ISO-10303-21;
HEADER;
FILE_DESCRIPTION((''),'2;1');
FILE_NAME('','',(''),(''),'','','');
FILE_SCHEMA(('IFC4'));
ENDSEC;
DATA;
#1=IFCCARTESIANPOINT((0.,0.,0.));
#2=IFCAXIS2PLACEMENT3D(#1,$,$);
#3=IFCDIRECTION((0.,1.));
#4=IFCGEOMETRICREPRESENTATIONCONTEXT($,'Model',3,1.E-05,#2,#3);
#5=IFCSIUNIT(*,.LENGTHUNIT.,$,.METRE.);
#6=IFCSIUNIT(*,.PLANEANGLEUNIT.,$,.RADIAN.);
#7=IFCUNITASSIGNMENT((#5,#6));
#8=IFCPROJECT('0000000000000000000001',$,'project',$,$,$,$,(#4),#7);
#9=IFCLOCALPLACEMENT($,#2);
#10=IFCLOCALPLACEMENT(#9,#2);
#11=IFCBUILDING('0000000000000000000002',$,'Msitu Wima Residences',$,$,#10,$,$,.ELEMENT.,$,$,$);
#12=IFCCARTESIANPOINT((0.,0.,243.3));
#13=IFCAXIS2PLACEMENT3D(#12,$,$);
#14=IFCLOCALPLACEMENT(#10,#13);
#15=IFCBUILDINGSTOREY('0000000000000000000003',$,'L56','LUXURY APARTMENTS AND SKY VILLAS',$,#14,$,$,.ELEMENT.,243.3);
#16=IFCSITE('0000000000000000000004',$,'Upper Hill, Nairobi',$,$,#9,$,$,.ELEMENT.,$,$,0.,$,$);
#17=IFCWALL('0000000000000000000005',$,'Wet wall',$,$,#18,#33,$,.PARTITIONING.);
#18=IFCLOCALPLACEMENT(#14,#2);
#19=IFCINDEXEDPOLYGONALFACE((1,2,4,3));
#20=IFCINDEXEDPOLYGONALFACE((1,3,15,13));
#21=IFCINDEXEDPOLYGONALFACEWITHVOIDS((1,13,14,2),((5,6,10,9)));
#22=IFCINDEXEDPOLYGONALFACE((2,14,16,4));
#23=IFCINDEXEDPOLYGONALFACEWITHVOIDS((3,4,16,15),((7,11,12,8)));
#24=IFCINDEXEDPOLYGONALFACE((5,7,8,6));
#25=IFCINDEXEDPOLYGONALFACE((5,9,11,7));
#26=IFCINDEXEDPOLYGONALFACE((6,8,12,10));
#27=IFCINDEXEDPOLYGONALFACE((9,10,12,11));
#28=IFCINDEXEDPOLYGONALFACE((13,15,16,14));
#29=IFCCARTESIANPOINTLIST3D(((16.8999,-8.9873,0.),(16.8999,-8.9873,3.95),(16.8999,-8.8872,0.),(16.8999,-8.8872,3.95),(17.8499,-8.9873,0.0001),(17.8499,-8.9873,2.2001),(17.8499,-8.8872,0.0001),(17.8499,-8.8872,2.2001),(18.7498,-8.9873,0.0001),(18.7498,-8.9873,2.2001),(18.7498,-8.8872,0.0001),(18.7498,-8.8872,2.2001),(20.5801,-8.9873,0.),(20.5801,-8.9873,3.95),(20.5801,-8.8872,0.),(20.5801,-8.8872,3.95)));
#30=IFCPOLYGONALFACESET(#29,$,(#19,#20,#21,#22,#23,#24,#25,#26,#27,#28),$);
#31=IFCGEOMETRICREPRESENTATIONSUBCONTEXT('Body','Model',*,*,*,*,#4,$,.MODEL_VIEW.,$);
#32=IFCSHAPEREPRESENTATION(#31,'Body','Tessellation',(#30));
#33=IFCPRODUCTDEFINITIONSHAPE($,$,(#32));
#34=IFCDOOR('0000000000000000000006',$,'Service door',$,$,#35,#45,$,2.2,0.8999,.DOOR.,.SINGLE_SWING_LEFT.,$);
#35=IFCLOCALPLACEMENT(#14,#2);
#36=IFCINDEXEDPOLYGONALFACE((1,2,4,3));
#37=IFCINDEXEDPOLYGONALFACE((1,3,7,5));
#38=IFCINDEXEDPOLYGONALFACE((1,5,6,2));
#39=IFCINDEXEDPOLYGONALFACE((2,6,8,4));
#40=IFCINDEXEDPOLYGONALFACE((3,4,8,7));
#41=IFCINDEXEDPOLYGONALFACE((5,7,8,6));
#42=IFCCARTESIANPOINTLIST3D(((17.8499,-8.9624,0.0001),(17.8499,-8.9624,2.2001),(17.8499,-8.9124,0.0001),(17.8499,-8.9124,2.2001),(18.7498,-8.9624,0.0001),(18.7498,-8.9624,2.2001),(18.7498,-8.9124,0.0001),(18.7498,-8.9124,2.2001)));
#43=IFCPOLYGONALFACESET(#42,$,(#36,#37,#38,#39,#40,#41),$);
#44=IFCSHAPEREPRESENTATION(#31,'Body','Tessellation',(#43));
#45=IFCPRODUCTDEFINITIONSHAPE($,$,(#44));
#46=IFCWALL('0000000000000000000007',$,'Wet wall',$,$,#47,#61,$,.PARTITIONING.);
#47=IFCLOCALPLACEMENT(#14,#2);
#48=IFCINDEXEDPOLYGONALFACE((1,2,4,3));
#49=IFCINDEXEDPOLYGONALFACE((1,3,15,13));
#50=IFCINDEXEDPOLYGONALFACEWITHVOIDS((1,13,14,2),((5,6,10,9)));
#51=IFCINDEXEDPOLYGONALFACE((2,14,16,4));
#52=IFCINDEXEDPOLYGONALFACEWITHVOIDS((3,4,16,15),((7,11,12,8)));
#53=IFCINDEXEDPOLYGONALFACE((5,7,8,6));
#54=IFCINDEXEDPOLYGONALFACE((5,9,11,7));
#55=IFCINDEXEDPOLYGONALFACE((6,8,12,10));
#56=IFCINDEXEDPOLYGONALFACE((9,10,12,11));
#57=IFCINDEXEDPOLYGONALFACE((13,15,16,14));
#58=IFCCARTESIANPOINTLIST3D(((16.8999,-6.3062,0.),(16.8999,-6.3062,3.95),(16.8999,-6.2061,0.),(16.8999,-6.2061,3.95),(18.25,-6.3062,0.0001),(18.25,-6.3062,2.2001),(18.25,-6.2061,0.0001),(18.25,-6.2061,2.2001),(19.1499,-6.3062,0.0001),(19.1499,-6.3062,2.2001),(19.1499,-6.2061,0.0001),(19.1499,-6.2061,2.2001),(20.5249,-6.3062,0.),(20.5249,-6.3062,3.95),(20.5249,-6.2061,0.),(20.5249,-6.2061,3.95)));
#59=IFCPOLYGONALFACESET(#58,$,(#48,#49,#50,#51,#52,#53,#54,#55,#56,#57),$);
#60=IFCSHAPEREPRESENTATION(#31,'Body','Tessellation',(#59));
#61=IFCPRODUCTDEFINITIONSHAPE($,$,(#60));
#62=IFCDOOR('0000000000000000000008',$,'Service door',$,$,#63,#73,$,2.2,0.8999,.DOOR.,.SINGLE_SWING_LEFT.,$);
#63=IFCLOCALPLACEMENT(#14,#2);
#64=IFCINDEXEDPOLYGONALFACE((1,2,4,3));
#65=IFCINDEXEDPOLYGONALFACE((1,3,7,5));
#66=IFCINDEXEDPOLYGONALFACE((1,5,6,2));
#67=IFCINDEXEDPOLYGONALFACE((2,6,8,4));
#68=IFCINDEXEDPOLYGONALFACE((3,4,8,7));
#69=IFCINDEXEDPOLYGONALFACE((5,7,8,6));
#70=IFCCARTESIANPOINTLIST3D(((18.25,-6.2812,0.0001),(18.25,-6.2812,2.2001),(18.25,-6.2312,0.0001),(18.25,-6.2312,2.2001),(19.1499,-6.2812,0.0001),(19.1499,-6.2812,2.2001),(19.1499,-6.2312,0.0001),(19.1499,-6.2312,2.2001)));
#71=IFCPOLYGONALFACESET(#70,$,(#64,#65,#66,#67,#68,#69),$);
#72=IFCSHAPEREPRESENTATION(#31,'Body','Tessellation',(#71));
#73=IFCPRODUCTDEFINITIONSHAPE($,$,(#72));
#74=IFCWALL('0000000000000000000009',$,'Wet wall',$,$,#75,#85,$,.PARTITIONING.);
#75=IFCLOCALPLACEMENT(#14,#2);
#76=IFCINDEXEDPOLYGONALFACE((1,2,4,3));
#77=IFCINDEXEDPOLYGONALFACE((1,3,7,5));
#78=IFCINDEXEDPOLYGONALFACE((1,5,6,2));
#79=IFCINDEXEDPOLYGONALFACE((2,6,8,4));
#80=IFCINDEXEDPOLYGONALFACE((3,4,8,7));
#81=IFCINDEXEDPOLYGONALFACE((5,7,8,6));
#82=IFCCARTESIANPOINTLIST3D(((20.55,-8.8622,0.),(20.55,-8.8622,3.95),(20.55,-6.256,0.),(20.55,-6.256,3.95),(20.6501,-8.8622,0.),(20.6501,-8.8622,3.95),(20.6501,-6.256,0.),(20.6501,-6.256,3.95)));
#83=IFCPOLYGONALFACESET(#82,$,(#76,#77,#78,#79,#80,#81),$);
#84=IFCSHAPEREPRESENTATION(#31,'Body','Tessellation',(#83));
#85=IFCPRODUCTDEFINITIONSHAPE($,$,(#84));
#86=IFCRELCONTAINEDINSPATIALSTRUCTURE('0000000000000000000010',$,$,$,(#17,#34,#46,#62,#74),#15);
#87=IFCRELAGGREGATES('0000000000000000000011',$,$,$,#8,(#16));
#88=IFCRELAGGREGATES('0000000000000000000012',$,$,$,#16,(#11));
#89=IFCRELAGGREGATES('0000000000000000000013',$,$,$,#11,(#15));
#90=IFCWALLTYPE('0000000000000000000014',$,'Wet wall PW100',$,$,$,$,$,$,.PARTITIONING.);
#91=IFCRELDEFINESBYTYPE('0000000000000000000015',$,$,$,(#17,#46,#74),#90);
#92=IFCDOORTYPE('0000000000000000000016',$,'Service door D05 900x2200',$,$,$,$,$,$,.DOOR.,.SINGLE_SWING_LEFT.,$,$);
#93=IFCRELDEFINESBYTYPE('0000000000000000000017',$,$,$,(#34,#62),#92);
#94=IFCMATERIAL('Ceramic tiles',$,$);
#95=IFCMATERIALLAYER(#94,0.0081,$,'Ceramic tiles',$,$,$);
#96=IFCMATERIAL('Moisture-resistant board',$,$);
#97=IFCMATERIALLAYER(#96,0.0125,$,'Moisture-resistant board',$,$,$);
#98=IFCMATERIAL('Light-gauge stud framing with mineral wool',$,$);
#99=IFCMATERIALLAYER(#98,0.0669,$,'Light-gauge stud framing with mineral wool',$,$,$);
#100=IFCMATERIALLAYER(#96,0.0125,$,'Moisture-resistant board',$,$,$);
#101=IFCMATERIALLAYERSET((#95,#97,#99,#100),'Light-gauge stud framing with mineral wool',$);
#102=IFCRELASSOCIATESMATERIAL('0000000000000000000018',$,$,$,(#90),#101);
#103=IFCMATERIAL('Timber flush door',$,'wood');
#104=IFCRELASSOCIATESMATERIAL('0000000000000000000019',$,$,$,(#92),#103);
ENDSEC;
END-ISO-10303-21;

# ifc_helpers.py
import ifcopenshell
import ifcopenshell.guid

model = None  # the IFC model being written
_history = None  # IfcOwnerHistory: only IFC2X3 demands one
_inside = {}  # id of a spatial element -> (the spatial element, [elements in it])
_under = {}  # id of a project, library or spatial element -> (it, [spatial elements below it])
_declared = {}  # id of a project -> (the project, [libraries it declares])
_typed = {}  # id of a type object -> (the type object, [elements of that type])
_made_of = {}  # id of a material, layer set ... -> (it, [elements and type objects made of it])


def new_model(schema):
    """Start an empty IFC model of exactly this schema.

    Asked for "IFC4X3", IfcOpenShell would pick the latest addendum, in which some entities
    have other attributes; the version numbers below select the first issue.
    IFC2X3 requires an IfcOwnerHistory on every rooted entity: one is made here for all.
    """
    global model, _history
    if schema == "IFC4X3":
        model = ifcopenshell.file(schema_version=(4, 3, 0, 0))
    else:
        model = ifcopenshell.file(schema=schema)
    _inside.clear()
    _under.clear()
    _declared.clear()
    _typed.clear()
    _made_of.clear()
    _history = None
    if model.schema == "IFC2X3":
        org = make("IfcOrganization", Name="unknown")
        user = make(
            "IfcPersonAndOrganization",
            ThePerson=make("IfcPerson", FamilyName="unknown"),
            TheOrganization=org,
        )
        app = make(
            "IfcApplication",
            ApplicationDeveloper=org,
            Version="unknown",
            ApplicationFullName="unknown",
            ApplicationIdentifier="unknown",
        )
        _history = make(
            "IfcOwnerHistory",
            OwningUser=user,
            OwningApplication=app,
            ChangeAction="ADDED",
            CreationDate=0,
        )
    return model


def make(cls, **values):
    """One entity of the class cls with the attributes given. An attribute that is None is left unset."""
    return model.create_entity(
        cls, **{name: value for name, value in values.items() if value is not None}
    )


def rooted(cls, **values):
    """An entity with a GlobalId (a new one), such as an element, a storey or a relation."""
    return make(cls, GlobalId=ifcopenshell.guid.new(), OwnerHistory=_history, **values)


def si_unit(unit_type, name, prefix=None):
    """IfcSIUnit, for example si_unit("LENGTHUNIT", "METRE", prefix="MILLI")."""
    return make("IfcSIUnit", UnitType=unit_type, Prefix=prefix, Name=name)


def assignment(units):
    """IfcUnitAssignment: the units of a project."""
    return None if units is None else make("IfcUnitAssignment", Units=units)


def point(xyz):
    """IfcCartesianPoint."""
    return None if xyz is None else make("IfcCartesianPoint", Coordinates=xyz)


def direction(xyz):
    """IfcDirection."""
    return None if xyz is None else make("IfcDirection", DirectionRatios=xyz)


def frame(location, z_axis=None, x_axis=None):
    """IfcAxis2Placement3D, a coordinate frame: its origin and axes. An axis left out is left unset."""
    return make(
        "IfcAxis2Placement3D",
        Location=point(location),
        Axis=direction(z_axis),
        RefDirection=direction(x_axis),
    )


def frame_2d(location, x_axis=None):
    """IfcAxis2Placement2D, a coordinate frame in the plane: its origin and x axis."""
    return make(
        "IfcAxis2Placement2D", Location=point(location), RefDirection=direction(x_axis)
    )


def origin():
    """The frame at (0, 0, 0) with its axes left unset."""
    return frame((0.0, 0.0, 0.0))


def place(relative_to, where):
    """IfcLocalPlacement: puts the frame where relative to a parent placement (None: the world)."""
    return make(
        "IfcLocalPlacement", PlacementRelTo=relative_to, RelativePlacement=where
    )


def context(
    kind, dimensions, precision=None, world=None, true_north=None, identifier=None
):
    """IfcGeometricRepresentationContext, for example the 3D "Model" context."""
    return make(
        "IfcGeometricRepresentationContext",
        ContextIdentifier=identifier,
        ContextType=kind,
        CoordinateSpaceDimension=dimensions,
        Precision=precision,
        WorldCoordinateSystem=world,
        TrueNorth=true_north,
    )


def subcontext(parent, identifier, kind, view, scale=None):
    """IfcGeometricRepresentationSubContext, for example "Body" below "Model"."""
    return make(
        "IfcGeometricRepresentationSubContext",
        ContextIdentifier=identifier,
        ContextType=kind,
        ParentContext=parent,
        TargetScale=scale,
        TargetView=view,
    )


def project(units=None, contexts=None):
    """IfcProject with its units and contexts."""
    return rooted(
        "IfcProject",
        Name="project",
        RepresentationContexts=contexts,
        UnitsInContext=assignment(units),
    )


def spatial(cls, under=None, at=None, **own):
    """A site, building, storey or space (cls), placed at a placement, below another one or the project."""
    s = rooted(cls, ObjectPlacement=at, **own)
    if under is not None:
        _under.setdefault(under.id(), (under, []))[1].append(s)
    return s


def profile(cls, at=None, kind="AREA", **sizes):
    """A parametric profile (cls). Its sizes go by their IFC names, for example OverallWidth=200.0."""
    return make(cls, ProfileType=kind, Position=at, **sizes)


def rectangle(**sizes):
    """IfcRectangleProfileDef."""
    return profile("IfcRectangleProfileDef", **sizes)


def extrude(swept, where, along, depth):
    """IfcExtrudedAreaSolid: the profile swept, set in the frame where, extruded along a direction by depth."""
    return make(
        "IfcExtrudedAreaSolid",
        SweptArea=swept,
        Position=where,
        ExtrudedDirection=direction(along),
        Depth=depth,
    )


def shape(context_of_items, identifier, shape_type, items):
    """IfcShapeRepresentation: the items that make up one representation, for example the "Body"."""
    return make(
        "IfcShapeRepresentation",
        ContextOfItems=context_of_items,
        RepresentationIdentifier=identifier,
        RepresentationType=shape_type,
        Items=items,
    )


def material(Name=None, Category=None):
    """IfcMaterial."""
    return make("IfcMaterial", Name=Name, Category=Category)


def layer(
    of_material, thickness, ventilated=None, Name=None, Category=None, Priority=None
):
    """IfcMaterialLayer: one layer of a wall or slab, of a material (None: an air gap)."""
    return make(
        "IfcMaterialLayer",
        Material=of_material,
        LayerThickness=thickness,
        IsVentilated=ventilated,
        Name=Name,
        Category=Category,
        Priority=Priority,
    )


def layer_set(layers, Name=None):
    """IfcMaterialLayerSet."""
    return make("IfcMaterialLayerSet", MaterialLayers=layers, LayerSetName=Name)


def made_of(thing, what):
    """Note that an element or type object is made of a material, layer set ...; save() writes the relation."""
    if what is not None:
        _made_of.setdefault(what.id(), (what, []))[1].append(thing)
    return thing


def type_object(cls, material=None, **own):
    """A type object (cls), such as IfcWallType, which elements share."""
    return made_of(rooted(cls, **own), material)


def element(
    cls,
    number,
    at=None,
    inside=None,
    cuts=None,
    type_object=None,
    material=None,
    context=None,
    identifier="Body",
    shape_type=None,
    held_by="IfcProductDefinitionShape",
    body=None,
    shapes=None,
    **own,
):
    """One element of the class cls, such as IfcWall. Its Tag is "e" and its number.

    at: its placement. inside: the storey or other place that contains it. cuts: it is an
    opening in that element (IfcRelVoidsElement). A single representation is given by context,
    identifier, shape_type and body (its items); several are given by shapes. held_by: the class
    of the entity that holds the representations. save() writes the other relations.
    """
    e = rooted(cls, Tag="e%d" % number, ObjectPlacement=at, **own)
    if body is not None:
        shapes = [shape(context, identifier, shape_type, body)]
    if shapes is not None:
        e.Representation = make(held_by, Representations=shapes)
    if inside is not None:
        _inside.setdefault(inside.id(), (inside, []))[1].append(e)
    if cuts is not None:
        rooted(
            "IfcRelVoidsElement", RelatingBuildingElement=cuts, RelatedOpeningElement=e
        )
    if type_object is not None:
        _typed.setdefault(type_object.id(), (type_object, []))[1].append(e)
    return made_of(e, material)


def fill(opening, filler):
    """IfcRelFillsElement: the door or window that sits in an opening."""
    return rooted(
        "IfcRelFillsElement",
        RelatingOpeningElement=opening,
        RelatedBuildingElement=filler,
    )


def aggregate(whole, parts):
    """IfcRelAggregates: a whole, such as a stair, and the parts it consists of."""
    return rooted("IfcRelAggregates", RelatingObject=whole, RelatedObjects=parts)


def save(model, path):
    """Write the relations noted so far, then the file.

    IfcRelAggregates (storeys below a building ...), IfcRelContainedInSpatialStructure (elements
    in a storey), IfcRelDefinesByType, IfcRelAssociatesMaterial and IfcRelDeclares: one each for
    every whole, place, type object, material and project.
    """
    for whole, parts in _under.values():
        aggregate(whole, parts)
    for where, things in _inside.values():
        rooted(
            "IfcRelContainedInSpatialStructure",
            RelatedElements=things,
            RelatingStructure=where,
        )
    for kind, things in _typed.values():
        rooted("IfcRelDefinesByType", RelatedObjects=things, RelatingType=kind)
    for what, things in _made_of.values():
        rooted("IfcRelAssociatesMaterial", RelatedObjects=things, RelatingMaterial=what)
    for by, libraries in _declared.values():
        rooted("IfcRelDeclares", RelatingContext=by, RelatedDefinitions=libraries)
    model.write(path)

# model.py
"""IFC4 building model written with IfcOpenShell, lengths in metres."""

from ifc_helpers import new_model, si_unit, direction, frame, frame_2d, origin, place, context, subcontext, project, spatial, rectangle, extrude, material, layer, layer_set, type_object, element, fill, save


model = new_model("IFC4")

# Units and contexts
model_context = context("Model", 3, precision=1e-05, world=origin(), true_north=direction((0.0, 1.0)))
body_context = subcontext(model_context, "Body", "Model", "MODEL_VIEW")
ifc_project = project(units=[si_unit("LENGTHUNIT", "METRE"), si_unit("PLANEANGLEUNIT", "RADIAN")], contexts=[model_context])

# Site, building, storey
site_placement = place(None, origin())
site = spatial("IfcSite", under=ifc_project, at=site_placement, Name="Upper Hill, Nairobi", CompositionType="ELEMENT", RefElevation=0.0)
building_placement = place(site_placement, origin())
building = spatial("IfcBuilding", under=site, at=building_placement, Name="Msitu Wima Residences", CompositionType="ELEMENT")
storey_placement = place(building_placement, frame((0.0, 0.0, 243.3)))
storey = spatial("IfcBuildingStorey", under=building, at=storey_placement, Name="L56", Description="LUXURY APARTMENTS AND SKY VILLAS", CompositionType="ELEMENT", Elevation=243.3)

# Walls, openings, doors
ifc_material_1 = material(Name="Timber flush door", Category="wood")
ifc_material_2 = material(Name="Ceramic tiles")
ifc_layer_1 = layer(ifc_material_2, 0.0081, Name="Ceramic tiles")
ifc_material_3 = material(Name="Moisture-resistant board")
ifc_layer_2 = layer(ifc_material_3, 0.0125, Name="Moisture-resistant board")
ifc_material_4 = material(Name="Light-gauge stud framing with mineral wool")
ifc_layer_3 = layer(ifc_material_4, 0.0669, Name="Light-gauge stud framing with mineral wool")
ifc_layer_4 = layer(ifc_material_3, 0.0125, Name="Moisture-resistant board")
ifc_layer_set_1 = layer_set([ifc_layer_1, ifc_layer_2, ifc_layer_3, ifc_layer_4], Name="Light-gauge stud framing with mineral wool")
wall_type_1 = type_object("IfcWallType", Name="Wet wall PW100", PredefinedType="PARTITIONING", material=ifc_layer_set_1)
wall_1_placement = place(storey_placement, frame((16.8999, -8.9373, 0.0), z_axis=(0.0, 0.0, 1.0), x_axis=(1.0, 0.0, 0.0)))
wall_1 = element("IfcWall", 1, at=wall_1_placement, inside=storey, type_object=wall_type_1, Name="Wet wall", PredefinedType="PARTITIONING", context=body_context, shape_type="SweptSolid", body=[
    extrude(rectangle(XDim=3.6802, YDim=0.1001, at=frame_2d((1.8401, 0.0))), origin(), (0.0, 0.0, 1.0), 3.95),
])
opening_1_placement = place(wall_1_placement, frame((0.95, 0.0, 0.0)))
opening_1 = element("IfcOpeningElement", 2, at=opening_1_placement, cuts=wall_1, PredefinedType="OPENING", context=body_context, shape_type="SweptSolid", body=[
    extrude(rectangle(XDim=0.8999, YDim=2.2, at=frame_2d((0.45, 1.1001))), frame((0.0, 0.0601, 0.0), z_axis=(0.0, -1.0, 0.0), x_axis=(1.0, 0.0, 0.0)), (0.0, 0.0, 1.0), 0.1201),
])
door_type_1 = type_object("IfcDoorType", Name="Service door D05 900x2200", OperationType="SINGLE_SWING_LEFT", PredefinedType="DOOR", material=ifc_material_1)
door_1_placement = place(opening_1_placement, origin())
door_1 = element("IfcDoor", 3, at=door_1_placement, inside=storey, type_object=door_type_1, Name="Service door", OperationType="SINGLE_SWING_LEFT", OverallHeight=2.2, OverallWidth=0.8999, PredefinedType="DOOR", context=body_context, shape_type="SweptSolid", body=[
    extrude(rectangle(XDim=0.8999, YDim=2.2, at=frame_2d((0.45, 1.1001))), frame((0.0, 0.0249, 0.0), z_axis=(0.0, -1.0, 0.0), x_axis=(1.0, 0.0, 0.0)), (0.0, 0.0, 1.0), 0.05),
])
fill(opening_1, door_1)
wall_2_placement = place(storey_placement, frame((16.8999, -6.2561, 0.0), z_axis=(0.0, 0.0, 1.0), x_axis=(1.0, 0.0, 0.0)))
wall_2 = element("IfcWall", 4, at=wall_2_placement, inside=storey, type_object=wall_type_1, Name="Wet wall", PredefinedType="PARTITIONING", context=body_context, shape_type="SweptSolid", body=[
    extrude(rectangle(XDim=3.625, YDim=0.1001, at=frame_2d((1.8125, 0.0))), origin(), (0.0, 0.0, 1.0), 3.95),
])
opening_2_placement = place(wall_2_placement, frame((1.3501, 0.0, 0.0)))
opening_2 = element("IfcOpeningElement", 5, at=opening_2_placement, cuts=wall_2, PredefinedType="OPENING", context=body_context, shape_type="SweptSolid", body=[
    extrude(rectangle(XDim=0.8999, YDim=2.2, at=frame_2d((0.45, 1.1001))), frame((0.0, 0.0601, 0.0), z_axis=(0.0, -1.0, 0.0), x_axis=(1.0, 0.0, 0.0)), (0.0, 0.0, 1.0), 0.1201),
])
door_2_placement = place(opening_2_placement, origin())
door_2 = element("IfcDoor", 6, at=door_2_placement, inside=storey, type_object=door_type_1, Name="Service door", OperationType="SINGLE_SWING_LEFT", OverallHeight=2.2, OverallWidth=0.8999, PredefinedType="DOOR", context=body_context, shape_type="SweptSolid", body=[
    extrude(rectangle(XDim=0.8999, YDim=2.2, at=frame_2d((0.45, 1.1001))), frame((0.0, 0.0249, 0.0), z_axis=(0.0, -1.0, 0.0), x_axis=(1.0, 0.0, 0.0)), (0.0, 0.0, 1.0), 0.05),
])
fill(opening_2, door_2)

# Wall
wall_3_placement = place(storey_placement, frame((20.6001, -8.8623, 0.0), z_axis=(0.0, 0.0, 1.0), x_axis=(0.0, 1.0, 0.0)))
element("IfcWall", 7, at=wall_3_placement, inside=storey, type_object=wall_type_1, Name="Wet wall", PredefinedType="PARTITIONING", context=body_context, shape_type="SweptSolid", body=[
    extrude(rectangle(XDim=2.6062, YDim=0.1001, at=frame_2d((1.3032, 0.0))), origin(), (0.0, 0.0, 1.0), 3.95),
])

save(model, "model.ifc")
